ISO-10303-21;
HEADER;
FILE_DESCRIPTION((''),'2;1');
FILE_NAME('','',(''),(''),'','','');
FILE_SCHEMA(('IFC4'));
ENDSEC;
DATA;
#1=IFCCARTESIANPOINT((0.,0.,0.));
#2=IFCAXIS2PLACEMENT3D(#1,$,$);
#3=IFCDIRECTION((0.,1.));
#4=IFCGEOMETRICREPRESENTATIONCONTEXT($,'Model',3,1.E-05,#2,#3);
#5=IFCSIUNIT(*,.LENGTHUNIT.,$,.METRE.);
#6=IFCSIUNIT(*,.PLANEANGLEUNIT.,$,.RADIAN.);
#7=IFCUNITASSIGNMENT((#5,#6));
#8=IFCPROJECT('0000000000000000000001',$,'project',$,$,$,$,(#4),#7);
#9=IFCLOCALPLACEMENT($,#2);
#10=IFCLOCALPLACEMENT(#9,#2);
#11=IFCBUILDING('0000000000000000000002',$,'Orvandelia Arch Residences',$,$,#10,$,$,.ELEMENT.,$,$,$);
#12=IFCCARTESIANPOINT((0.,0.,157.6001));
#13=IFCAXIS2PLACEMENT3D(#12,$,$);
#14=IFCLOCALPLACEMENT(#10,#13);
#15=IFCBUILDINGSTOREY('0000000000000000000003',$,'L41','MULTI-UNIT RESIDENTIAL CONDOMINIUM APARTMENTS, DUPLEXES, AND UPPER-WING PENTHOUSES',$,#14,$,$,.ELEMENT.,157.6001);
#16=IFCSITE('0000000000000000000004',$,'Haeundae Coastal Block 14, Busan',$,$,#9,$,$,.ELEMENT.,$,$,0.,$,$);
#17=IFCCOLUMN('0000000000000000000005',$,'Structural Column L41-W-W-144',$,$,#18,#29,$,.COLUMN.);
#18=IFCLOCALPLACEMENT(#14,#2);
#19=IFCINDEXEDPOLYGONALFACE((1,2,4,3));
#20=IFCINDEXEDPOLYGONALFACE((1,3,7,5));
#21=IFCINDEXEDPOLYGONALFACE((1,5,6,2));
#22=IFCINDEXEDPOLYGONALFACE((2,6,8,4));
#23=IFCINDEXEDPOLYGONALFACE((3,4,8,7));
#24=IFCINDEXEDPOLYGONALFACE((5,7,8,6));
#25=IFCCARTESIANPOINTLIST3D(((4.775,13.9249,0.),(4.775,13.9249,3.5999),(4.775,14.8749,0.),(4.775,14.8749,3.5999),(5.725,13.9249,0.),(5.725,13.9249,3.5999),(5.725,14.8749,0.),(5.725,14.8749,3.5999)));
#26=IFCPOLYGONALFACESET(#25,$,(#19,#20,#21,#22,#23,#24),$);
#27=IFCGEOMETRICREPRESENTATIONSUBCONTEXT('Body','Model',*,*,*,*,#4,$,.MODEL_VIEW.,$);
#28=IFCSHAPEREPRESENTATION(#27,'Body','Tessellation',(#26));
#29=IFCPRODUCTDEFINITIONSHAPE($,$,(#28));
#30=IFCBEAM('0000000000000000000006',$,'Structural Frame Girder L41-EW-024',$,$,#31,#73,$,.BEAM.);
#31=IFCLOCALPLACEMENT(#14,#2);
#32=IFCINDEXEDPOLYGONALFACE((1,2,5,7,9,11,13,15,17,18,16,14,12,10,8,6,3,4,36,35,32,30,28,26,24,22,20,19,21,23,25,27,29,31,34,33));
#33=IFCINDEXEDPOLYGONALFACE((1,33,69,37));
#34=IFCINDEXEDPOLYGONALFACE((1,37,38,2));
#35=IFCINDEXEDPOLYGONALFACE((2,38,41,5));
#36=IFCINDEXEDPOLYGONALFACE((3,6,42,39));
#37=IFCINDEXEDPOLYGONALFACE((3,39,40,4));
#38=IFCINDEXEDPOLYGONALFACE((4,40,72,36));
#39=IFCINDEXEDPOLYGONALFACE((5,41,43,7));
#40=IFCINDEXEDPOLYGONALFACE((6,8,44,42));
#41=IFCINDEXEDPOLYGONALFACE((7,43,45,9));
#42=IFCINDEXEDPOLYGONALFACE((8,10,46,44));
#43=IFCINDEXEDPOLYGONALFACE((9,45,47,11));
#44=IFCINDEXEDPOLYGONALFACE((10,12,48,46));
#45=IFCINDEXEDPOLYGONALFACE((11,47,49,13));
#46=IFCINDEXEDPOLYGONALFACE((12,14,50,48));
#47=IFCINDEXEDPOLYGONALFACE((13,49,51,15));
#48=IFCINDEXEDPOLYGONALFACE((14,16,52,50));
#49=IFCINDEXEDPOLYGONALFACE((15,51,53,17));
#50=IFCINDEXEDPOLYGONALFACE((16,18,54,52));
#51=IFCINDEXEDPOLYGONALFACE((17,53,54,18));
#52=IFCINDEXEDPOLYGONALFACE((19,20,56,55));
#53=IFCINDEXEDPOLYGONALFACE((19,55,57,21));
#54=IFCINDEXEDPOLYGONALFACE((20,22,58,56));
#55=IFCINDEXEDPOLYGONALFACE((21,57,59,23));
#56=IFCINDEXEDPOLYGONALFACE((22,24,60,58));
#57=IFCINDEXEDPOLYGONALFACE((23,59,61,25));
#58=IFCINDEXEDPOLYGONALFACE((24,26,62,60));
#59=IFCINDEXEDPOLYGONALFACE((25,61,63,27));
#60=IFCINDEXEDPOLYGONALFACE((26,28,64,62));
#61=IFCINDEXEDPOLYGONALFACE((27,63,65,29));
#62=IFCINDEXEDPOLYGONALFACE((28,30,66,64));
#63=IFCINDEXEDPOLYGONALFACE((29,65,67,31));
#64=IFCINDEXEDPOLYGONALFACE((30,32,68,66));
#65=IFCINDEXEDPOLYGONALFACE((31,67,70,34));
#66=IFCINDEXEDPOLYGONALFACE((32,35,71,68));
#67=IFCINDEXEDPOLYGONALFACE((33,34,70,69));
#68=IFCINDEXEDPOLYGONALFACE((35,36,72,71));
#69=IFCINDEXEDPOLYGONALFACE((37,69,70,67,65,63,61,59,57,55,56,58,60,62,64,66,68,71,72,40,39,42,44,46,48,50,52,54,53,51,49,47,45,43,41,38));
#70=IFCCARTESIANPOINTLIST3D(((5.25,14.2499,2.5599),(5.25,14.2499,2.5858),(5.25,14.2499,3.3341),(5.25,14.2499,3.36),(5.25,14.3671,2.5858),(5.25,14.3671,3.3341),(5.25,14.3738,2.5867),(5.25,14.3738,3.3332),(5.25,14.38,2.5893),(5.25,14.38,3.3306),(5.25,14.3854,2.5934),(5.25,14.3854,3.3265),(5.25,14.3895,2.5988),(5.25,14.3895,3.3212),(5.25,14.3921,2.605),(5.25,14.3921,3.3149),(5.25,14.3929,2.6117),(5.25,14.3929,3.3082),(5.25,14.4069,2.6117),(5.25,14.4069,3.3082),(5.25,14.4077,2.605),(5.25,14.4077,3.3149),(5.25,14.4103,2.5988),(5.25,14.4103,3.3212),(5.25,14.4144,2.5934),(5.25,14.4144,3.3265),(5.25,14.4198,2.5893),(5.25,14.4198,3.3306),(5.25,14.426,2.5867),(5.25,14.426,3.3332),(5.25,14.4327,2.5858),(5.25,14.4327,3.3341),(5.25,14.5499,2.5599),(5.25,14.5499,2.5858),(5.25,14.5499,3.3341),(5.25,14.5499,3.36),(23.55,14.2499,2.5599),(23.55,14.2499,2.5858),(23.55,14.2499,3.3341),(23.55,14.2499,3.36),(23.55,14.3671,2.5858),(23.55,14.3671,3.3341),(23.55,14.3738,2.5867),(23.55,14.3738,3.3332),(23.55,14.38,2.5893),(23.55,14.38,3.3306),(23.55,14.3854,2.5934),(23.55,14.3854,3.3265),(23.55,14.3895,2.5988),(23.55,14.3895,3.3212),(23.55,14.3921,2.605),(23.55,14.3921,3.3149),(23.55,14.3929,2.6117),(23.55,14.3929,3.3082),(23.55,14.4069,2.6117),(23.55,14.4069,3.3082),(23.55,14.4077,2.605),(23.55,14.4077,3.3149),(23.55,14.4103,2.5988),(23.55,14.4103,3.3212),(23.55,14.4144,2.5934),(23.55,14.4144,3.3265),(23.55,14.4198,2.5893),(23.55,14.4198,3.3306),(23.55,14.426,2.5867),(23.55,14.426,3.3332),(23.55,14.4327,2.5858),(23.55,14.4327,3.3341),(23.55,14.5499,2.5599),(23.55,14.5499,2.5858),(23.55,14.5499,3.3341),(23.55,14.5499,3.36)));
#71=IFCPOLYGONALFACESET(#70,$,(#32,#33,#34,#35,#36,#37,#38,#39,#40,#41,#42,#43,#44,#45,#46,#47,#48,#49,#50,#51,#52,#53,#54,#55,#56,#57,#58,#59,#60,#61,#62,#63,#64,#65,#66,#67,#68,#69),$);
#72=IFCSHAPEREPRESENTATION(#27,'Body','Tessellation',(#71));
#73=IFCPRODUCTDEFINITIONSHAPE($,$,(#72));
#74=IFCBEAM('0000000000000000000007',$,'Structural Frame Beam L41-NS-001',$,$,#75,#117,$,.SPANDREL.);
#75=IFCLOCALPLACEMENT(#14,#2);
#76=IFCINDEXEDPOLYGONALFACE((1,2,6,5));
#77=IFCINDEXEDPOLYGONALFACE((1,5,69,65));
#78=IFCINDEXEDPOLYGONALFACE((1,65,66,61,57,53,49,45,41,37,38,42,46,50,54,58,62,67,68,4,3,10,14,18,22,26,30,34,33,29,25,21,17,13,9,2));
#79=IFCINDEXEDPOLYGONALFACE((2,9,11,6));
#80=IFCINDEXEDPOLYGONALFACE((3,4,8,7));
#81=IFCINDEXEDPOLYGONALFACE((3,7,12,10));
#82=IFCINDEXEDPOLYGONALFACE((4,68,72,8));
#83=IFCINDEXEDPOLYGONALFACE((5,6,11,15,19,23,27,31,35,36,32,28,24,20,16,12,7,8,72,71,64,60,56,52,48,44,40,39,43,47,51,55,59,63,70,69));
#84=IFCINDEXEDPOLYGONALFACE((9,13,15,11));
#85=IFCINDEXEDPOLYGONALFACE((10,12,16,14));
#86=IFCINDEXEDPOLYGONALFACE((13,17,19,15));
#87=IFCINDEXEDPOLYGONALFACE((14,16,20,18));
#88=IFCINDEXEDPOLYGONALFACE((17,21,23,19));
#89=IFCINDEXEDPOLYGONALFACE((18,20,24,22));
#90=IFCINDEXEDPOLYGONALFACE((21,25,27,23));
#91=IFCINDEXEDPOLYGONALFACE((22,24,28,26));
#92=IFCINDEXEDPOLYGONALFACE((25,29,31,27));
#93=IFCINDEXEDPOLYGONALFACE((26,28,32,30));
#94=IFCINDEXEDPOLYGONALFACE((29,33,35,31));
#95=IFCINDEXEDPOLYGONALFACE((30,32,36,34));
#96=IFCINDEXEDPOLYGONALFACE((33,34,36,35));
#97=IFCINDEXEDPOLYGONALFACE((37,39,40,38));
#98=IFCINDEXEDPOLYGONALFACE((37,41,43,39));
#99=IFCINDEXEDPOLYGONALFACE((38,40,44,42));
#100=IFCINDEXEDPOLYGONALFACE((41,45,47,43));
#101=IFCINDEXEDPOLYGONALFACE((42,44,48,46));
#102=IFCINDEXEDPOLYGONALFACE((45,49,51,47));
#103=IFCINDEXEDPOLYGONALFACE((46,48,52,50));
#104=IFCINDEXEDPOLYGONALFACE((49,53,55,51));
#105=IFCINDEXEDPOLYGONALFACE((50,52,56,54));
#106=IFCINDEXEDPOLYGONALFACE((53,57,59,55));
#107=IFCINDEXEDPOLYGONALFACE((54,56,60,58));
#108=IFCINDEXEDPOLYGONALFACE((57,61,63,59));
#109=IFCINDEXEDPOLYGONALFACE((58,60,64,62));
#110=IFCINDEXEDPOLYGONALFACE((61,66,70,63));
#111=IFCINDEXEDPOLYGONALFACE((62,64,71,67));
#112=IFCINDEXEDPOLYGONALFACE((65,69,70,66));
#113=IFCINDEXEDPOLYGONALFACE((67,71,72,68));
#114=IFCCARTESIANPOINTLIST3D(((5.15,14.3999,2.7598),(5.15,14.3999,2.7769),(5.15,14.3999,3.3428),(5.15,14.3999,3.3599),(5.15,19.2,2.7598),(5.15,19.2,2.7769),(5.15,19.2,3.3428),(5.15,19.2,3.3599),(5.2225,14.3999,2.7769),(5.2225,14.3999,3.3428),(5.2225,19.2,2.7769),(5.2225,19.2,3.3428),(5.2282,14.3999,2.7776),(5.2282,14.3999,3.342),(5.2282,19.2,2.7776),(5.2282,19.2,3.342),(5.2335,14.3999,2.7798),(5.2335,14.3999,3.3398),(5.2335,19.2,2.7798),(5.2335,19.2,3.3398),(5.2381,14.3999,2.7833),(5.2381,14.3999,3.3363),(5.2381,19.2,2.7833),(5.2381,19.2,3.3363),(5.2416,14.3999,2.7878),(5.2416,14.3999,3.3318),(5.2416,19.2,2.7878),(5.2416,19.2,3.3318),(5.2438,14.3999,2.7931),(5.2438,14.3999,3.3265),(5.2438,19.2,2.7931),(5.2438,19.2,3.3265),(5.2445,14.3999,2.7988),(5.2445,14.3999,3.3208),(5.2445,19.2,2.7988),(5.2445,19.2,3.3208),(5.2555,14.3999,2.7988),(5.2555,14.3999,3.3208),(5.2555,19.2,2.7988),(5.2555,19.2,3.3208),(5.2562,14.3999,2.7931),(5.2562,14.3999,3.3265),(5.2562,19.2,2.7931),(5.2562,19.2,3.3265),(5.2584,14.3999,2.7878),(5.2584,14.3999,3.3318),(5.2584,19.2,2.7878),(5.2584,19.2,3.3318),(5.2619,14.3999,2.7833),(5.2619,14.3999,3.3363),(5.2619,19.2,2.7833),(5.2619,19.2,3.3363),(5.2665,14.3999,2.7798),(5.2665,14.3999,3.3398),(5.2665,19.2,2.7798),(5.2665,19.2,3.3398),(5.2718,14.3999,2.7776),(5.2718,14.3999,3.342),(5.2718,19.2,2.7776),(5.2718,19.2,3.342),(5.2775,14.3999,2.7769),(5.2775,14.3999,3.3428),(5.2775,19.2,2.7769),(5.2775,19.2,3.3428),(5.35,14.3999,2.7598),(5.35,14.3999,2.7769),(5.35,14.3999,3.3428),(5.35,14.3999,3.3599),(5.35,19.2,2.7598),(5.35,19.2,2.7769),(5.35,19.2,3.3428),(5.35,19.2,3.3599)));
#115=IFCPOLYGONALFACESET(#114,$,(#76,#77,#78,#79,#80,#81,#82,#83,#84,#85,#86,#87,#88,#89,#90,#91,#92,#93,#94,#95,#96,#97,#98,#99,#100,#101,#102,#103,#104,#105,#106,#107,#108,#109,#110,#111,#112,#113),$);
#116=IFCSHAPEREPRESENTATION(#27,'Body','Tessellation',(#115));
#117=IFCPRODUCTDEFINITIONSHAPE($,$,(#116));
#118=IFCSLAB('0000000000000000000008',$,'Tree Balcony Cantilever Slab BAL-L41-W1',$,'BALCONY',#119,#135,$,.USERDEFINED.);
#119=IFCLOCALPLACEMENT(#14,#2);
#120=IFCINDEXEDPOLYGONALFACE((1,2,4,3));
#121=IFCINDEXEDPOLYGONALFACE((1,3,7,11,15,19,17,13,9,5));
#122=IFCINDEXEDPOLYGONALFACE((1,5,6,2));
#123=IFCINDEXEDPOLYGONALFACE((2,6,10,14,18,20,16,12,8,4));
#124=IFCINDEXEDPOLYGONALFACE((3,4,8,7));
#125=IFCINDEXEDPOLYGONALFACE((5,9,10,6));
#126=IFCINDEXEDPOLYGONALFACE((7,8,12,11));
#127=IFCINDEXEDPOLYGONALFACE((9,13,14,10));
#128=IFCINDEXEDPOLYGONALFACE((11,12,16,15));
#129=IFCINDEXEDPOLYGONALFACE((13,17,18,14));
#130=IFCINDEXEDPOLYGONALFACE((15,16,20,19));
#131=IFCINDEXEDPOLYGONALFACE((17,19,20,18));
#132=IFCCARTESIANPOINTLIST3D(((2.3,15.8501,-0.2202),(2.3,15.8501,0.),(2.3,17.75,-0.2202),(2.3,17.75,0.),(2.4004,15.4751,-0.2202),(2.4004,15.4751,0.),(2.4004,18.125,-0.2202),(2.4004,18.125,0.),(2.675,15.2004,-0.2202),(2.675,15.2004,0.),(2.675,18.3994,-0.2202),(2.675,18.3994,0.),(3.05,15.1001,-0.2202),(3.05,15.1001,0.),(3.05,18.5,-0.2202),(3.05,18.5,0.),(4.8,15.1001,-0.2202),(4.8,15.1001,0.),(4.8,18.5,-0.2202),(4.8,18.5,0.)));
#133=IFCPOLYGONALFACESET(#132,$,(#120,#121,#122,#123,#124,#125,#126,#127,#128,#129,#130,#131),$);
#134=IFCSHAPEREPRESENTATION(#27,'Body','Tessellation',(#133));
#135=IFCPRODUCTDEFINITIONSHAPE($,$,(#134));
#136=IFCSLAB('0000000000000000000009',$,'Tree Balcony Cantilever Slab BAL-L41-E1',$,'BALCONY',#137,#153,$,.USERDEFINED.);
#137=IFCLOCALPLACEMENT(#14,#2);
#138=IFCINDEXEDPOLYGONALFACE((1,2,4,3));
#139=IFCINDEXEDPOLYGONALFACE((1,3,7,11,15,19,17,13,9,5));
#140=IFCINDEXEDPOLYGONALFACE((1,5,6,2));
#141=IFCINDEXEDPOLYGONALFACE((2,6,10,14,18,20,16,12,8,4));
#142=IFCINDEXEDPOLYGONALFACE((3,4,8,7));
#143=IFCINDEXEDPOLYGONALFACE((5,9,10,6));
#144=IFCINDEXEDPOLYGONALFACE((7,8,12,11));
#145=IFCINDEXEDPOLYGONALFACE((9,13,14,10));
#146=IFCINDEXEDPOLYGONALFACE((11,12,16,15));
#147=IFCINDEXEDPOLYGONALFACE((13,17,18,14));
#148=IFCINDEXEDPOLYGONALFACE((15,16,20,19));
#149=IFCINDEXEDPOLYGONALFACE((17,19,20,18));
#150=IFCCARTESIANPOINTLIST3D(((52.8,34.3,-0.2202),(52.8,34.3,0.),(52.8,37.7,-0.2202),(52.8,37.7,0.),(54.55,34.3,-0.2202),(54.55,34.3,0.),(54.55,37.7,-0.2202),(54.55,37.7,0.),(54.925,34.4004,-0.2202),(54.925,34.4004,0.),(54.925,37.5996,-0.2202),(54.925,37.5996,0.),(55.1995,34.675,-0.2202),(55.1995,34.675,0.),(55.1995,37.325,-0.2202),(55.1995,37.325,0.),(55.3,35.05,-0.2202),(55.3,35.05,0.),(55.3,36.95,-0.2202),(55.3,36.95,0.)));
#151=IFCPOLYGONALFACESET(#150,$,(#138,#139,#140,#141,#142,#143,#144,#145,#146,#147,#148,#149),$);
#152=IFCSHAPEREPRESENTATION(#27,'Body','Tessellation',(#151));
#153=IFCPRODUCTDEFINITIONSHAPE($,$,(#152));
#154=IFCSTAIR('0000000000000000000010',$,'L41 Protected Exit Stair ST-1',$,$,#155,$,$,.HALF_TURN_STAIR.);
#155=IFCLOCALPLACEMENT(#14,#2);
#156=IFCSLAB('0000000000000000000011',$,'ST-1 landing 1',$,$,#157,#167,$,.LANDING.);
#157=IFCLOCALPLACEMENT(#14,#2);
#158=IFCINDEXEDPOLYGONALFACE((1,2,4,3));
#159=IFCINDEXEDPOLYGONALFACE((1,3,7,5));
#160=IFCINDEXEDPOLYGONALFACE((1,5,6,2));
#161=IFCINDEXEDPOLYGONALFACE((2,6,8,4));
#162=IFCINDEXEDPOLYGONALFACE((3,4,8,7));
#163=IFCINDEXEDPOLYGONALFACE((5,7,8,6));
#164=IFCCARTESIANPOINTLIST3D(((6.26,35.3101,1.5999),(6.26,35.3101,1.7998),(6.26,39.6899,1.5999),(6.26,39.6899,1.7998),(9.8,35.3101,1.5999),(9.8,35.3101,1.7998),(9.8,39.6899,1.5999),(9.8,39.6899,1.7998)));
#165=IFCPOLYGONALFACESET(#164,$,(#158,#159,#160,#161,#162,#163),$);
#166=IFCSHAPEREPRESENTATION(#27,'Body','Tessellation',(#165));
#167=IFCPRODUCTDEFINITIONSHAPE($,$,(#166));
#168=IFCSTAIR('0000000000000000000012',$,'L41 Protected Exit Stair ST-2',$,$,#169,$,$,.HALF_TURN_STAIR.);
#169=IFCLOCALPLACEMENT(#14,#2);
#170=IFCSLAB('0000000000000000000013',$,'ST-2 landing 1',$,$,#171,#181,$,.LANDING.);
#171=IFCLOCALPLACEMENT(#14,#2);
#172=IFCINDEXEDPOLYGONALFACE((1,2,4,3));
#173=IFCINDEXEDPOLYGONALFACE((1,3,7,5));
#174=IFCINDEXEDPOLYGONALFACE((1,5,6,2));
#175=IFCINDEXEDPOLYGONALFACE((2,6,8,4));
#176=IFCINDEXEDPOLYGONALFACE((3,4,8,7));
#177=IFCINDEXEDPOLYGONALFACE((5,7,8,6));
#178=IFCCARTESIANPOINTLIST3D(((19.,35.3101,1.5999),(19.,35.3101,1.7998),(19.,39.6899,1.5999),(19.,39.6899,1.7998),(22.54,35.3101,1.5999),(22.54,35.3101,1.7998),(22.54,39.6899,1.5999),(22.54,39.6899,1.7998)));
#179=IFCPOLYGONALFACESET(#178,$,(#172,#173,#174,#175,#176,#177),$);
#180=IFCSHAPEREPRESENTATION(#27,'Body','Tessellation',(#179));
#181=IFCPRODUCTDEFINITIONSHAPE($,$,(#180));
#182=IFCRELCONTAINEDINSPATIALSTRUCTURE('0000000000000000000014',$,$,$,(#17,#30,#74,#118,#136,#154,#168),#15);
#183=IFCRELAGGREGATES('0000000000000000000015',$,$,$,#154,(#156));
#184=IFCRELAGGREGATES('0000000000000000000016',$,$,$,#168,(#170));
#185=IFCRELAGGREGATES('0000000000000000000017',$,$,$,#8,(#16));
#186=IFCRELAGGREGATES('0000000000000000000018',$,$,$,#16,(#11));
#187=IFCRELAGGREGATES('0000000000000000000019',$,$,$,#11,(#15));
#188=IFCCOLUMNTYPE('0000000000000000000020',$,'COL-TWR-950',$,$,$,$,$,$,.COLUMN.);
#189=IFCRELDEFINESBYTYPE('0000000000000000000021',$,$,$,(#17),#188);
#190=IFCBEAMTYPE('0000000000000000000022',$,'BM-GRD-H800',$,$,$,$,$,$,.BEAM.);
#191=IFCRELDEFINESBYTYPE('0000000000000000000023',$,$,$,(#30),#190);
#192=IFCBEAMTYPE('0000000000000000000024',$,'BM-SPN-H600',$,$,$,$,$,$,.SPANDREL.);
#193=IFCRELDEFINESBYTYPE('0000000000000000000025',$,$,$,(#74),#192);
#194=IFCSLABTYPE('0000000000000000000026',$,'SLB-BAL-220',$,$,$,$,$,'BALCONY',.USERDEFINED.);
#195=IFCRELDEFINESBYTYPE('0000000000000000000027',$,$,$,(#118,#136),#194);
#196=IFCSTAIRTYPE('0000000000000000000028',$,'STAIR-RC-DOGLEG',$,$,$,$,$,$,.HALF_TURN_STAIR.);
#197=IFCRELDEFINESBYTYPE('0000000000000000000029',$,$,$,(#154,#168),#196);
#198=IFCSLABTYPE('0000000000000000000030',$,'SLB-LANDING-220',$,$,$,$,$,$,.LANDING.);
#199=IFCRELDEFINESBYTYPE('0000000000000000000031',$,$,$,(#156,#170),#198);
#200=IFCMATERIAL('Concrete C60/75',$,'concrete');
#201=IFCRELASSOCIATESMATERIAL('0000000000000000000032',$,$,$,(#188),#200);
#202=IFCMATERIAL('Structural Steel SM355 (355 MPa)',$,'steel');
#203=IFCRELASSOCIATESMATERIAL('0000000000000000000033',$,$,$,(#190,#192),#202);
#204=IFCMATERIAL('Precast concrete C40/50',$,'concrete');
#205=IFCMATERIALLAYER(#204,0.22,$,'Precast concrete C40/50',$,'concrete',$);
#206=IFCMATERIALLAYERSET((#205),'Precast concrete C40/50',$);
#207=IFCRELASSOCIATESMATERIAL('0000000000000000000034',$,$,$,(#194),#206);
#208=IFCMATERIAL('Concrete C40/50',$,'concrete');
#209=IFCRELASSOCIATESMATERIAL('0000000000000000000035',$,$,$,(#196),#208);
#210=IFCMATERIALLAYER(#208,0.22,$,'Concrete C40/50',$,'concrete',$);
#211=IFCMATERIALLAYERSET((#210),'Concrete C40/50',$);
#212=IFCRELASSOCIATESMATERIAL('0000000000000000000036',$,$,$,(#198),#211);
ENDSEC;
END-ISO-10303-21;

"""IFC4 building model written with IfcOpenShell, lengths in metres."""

from ifc_helpers import new_model, si_unit, direction, frame, origin, origin_2d, place, context, subcontext, project, spatial, polyline, rectangle, i_section, outline, extrude, material, layer, layer_set, material_profile, profile_set, type_object, element, aggregate, save


model = new_model("IFC4")

# Units and contexts
model_context = context("Model", 3, precision=1e-05, world=origin(), true_north=direction((0.0, 1.0)))
body_context = subcontext(model_context, "Body", "Model", "MODEL_VIEW")
ifc_project = project(units=[si_unit("LENGTHUNIT", "METRE"), si_unit("PLANEANGLEUNIT", "RADIAN")], contexts=[model_context])

# Site, building, storey
site_placement = place(None, origin())
site = spatial("IfcSite", under=ifc_project, at=site_placement, Name="Haeundae Coastal Block 14, Busan", CompositionType="ELEMENT", RefElevation=0.0)
building_placement = place(site_placement, origin())
building = spatial("IfcBuilding", under=site, at=building_placement, Name="Orvandelia Arch Residences", CompositionType="ELEMENT")
storey_placement = place(building_placement, frame((0.0, 0.0, 157.6001)))
storey = spatial("IfcBuildingStorey", under=building, at=storey_placement, Name="L41", Description="MULTI-UNIT RESIDENTIAL CONDOMINIUM APARTMENTS, DUPLEXES, AND UPPER-WING PENTHOUSES", CompositionType="ELEMENT", Elevation=157.6001)

# Column
ifc_material_1 = material(Name="Concrete C60/75", Category="concrete")
ifc_material_profile_1 = material_profile(ifc_material_1, rectangle(XDim=0.95, YDim=0.95, at=origin_2d()), Name="Concrete C60/75", Category="concrete")
ifc_profile_set_1 = profile_set([ifc_material_profile_1], Name="Concrete C60/75")
column_type = type_object("IfcColumnType", Name="COL-TWR-950", PredefinedType="COLUMN", material=ifc_profile_set_1)
column_placement = place(storey_placement, frame((5.25, 14.3999, 0.0), z_axis=(0.0, 0.0, 1.0), x_axis=(1.0, 0.0, 0.0)))
element("IfcColumn", 1, at=column_placement, inside=storey, type_object=column_type, Name="Structural Column L41-W-W-144", PredefinedType="COLUMN", context=body_context, shape_type="SweptSolid", body=[
    extrude(rectangle(XDim=0.95, YDim=0.95, at=origin_2d()), origin(), (0.0, 0.0, 1.0), 3.5999),
])

# Beams
ifc_material_2 = material(Name="Structural Steel SM355 (355 MPa)", Category="steel")
ifc_material_profile_2 = material_profile(ifc_material_2, i_section(OverallWidth=0.3, OverallDepth=0.8, WebThickness=0.0139, FlangeThickness=0.0259, FilletRadius=0.0259, at=origin_2d()), Name="Structural Steel SM355 (355 MPa)", Category="steel")
ifc_profile_set_2 = profile_set([ifc_material_profile_2], Name="Structural Steel SM355 (355 MPa)")
beam_type_1 = type_object("IfcBeamType", Name="BM-GRD-H800", PredefinedType="BEAM", material=ifc_profile_set_2)
beam_1_placement = place(storey_placement, frame((5.25, 14.3999, 2.96), z_axis=(1.0, 0.0, 0.0), x_axis=(0.0, 1.0, 0.0)))
element("IfcBeam", 2, at=beam_1_placement, inside=storey, type_object=beam_type_1, Name="Structural Frame Girder L41-EW-024", PredefinedType="BEAM", context=body_context, shape_type="SweptSolid", body=[
    extrude(i_section(OverallWidth=0.3, OverallDepth=0.8, WebThickness=0.0139, FlangeThickness=0.0259, FilletRadius=0.0259, at=origin_2d()), origin(), (0.0, 0.0, 1.0), 18.3),
])
ifc_material_profile_3 = material_profile(ifc_material_2, i_section(OverallWidth=0.2, OverallDepth=0.6001, WebThickness=0.011, FlangeThickness=0.0171, FilletRadius=0.022, at=origin_2d()), Name="Structural Steel SM355 (355 MPa)", Category="steel")
ifc_profile_set_3 = profile_set([ifc_material_profile_3], Name="Structural Steel SM355 (355 MPa)")
beam_type_2 = type_object("IfcBeamType", Name="BM-SPN-H600", PredefinedType="SPANDREL", material=ifc_profile_set_3)
beam_2_placement = place(storey_placement, frame((5.25, 14.3999, 3.0598), z_axis=(0.0, 1.0, 0.0), x_axis=(-1.0, 0.0, 0.0)))
element("IfcBeam", 3, at=beam_2_placement, inside=storey, type_object=beam_type_2, Name="Structural Frame Beam L41-NS-001", PredefinedType="SPANDREL", context=body_context, shape_type="SweptSolid", body=[
    extrude(i_section(OverallWidth=0.2, OverallDepth=0.6001, WebThickness=0.011, FlangeThickness=0.0171, FilletRadius=0.022, at=origin_2d()), origin(), (0.0, 0.0, 1.0), 4.8),
])

# Slabs
ifc_material_3 = material(Name="Precast concrete C40/50", Category="concrete")
ifc_layer_1 = layer(ifc_material_3, 0.22, Name="Precast concrete C40/50", Category="concrete")
ifc_layer_set_1 = layer_set([ifc_layer_1], Name="Precast concrete C40/50")
slab_type_1 = type_object("IfcSlabType", Name="SLB-BAL-220", ElementType="BALCONY", PredefinedType="USERDEFINED", material=ifc_layer_set_1)
slab_1_placement = place(storey_placement, frame((0.0, 0.0, -0.2202)))
element("IfcSlab", 4, at=slab_1_placement, inside=storey, type_object=slab_type_1, Name="Tree Balcony Cantilever Slab BAL-L41-W1", ObjectType="BALCONY", PredefinedType="USERDEFINED", context=body_context, shape_type="SweptSolid", body=[
    extrude(outline(polyline([(4.8, 15.1001), (4.8, 18.5), (3.05, 18.5), (2.675, 18.3994), (2.4004, 18.125), (2.3, 17.75), (2.3, 15.8501), (2.4004, 15.4751), (2.675, 15.2004), (3.05, 15.1001), (4.8, 15.1001)])), origin(), (0.0, 0.0, 1.0), 0.2202),
])
slab_2_placement = place(storey_placement, frame((0.0, 0.0, -0.2202)))
element("IfcSlab", 5, at=slab_2_placement, inside=storey, type_object=slab_type_1, Name="Tree Balcony Cantilever Slab BAL-L41-E1", ObjectType="BALCONY", PredefinedType="USERDEFINED", context=body_context, shape_type="SweptSolid", body=[
    extrude(outline(polyline([(52.8, 37.7), (52.8, 34.3), (54.55, 34.3), (54.925, 34.4004), (55.1995, 34.675), (55.3, 35.05), (55.3, 36.95), (55.1995, 37.325), (54.925, 37.5996), (54.55, 37.7), (52.8, 37.7)])), origin(), (0.0, 0.0, 1.0), 0.2202),
])

# Stairs, slabs
ifc_material_4 = material(Name="Concrete C40/50", Category="concrete")
stair_type = type_object("IfcStairType", Name="STAIR-RC-DOGLEG", PredefinedType="HALF_TURN_STAIR", material=ifc_material_4)
stair_1_placement = place(storey_placement, origin())
stair_1 = element("IfcStair", 6, at=stair_1_placement, inside=storey, type_object=stair_type, Name="L41 Protected Exit Stair ST-1", PredefinedType="HALF_TURN_STAIR")
ifc_layer_2 = layer(ifc_material_4, 0.22, Name="Concrete C40/50", Category="concrete")
ifc_layer_set_2 = layer_set([ifc_layer_2], Name="Concrete C40/50")
slab_type_2 = type_object("IfcSlabType", Name="SLB-LANDING-220", PredefinedType="LANDING", material=ifc_layer_set_2)
slab_3_placement = place(storey_placement, frame((0.0, 0.0, 1.5999)))
slab_3 = element("IfcSlab", 7, at=slab_3_placement, type_object=slab_type_2, Name="ST-1 landing 1", PredefinedType="LANDING", context=body_context, shape_type="SweptSolid", body=[
    extrude(outline(polyline([(9.8, 35.3101), (9.8, 39.6899), (6.26, 39.6899), (6.26, 35.3101), (9.8, 35.3101)])), origin(), (0.0, 0.0, 1.0), 0.2),
])
aggregate(stair_1, [slab_3])
stair_2_placement = place(storey_placement, origin())
stair_2 = element("IfcStair", 8, at=stair_2_placement, inside=storey, type_object=stair_type, Name="L41 Protected Exit Stair ST-2", PredefinedType="HALF_TURN_STAIR")
slab_4_placement = place(storey_placement, frame((0.0, 0.0, 1.5999)))
slab_4 = element("IfcSlab", 9, at=slab_4_placement, type_object=slab_type_2, Name="ST-2 landing 1", PredefinedType="LANDING", context=body_context, shape_type="SweptSolid", body=[
    extrude(outline(polyline([(22.54, 35.3101), (22.54, 39.6899), (19.0, 39.6899), (19.0, 35.3101), (22.54, 35.3101)])), origin(), (0.0, 0.0, 1.0), 0.2),
])
aggregate(stair_2, [slab_4])

save(model, "model.ifc")
